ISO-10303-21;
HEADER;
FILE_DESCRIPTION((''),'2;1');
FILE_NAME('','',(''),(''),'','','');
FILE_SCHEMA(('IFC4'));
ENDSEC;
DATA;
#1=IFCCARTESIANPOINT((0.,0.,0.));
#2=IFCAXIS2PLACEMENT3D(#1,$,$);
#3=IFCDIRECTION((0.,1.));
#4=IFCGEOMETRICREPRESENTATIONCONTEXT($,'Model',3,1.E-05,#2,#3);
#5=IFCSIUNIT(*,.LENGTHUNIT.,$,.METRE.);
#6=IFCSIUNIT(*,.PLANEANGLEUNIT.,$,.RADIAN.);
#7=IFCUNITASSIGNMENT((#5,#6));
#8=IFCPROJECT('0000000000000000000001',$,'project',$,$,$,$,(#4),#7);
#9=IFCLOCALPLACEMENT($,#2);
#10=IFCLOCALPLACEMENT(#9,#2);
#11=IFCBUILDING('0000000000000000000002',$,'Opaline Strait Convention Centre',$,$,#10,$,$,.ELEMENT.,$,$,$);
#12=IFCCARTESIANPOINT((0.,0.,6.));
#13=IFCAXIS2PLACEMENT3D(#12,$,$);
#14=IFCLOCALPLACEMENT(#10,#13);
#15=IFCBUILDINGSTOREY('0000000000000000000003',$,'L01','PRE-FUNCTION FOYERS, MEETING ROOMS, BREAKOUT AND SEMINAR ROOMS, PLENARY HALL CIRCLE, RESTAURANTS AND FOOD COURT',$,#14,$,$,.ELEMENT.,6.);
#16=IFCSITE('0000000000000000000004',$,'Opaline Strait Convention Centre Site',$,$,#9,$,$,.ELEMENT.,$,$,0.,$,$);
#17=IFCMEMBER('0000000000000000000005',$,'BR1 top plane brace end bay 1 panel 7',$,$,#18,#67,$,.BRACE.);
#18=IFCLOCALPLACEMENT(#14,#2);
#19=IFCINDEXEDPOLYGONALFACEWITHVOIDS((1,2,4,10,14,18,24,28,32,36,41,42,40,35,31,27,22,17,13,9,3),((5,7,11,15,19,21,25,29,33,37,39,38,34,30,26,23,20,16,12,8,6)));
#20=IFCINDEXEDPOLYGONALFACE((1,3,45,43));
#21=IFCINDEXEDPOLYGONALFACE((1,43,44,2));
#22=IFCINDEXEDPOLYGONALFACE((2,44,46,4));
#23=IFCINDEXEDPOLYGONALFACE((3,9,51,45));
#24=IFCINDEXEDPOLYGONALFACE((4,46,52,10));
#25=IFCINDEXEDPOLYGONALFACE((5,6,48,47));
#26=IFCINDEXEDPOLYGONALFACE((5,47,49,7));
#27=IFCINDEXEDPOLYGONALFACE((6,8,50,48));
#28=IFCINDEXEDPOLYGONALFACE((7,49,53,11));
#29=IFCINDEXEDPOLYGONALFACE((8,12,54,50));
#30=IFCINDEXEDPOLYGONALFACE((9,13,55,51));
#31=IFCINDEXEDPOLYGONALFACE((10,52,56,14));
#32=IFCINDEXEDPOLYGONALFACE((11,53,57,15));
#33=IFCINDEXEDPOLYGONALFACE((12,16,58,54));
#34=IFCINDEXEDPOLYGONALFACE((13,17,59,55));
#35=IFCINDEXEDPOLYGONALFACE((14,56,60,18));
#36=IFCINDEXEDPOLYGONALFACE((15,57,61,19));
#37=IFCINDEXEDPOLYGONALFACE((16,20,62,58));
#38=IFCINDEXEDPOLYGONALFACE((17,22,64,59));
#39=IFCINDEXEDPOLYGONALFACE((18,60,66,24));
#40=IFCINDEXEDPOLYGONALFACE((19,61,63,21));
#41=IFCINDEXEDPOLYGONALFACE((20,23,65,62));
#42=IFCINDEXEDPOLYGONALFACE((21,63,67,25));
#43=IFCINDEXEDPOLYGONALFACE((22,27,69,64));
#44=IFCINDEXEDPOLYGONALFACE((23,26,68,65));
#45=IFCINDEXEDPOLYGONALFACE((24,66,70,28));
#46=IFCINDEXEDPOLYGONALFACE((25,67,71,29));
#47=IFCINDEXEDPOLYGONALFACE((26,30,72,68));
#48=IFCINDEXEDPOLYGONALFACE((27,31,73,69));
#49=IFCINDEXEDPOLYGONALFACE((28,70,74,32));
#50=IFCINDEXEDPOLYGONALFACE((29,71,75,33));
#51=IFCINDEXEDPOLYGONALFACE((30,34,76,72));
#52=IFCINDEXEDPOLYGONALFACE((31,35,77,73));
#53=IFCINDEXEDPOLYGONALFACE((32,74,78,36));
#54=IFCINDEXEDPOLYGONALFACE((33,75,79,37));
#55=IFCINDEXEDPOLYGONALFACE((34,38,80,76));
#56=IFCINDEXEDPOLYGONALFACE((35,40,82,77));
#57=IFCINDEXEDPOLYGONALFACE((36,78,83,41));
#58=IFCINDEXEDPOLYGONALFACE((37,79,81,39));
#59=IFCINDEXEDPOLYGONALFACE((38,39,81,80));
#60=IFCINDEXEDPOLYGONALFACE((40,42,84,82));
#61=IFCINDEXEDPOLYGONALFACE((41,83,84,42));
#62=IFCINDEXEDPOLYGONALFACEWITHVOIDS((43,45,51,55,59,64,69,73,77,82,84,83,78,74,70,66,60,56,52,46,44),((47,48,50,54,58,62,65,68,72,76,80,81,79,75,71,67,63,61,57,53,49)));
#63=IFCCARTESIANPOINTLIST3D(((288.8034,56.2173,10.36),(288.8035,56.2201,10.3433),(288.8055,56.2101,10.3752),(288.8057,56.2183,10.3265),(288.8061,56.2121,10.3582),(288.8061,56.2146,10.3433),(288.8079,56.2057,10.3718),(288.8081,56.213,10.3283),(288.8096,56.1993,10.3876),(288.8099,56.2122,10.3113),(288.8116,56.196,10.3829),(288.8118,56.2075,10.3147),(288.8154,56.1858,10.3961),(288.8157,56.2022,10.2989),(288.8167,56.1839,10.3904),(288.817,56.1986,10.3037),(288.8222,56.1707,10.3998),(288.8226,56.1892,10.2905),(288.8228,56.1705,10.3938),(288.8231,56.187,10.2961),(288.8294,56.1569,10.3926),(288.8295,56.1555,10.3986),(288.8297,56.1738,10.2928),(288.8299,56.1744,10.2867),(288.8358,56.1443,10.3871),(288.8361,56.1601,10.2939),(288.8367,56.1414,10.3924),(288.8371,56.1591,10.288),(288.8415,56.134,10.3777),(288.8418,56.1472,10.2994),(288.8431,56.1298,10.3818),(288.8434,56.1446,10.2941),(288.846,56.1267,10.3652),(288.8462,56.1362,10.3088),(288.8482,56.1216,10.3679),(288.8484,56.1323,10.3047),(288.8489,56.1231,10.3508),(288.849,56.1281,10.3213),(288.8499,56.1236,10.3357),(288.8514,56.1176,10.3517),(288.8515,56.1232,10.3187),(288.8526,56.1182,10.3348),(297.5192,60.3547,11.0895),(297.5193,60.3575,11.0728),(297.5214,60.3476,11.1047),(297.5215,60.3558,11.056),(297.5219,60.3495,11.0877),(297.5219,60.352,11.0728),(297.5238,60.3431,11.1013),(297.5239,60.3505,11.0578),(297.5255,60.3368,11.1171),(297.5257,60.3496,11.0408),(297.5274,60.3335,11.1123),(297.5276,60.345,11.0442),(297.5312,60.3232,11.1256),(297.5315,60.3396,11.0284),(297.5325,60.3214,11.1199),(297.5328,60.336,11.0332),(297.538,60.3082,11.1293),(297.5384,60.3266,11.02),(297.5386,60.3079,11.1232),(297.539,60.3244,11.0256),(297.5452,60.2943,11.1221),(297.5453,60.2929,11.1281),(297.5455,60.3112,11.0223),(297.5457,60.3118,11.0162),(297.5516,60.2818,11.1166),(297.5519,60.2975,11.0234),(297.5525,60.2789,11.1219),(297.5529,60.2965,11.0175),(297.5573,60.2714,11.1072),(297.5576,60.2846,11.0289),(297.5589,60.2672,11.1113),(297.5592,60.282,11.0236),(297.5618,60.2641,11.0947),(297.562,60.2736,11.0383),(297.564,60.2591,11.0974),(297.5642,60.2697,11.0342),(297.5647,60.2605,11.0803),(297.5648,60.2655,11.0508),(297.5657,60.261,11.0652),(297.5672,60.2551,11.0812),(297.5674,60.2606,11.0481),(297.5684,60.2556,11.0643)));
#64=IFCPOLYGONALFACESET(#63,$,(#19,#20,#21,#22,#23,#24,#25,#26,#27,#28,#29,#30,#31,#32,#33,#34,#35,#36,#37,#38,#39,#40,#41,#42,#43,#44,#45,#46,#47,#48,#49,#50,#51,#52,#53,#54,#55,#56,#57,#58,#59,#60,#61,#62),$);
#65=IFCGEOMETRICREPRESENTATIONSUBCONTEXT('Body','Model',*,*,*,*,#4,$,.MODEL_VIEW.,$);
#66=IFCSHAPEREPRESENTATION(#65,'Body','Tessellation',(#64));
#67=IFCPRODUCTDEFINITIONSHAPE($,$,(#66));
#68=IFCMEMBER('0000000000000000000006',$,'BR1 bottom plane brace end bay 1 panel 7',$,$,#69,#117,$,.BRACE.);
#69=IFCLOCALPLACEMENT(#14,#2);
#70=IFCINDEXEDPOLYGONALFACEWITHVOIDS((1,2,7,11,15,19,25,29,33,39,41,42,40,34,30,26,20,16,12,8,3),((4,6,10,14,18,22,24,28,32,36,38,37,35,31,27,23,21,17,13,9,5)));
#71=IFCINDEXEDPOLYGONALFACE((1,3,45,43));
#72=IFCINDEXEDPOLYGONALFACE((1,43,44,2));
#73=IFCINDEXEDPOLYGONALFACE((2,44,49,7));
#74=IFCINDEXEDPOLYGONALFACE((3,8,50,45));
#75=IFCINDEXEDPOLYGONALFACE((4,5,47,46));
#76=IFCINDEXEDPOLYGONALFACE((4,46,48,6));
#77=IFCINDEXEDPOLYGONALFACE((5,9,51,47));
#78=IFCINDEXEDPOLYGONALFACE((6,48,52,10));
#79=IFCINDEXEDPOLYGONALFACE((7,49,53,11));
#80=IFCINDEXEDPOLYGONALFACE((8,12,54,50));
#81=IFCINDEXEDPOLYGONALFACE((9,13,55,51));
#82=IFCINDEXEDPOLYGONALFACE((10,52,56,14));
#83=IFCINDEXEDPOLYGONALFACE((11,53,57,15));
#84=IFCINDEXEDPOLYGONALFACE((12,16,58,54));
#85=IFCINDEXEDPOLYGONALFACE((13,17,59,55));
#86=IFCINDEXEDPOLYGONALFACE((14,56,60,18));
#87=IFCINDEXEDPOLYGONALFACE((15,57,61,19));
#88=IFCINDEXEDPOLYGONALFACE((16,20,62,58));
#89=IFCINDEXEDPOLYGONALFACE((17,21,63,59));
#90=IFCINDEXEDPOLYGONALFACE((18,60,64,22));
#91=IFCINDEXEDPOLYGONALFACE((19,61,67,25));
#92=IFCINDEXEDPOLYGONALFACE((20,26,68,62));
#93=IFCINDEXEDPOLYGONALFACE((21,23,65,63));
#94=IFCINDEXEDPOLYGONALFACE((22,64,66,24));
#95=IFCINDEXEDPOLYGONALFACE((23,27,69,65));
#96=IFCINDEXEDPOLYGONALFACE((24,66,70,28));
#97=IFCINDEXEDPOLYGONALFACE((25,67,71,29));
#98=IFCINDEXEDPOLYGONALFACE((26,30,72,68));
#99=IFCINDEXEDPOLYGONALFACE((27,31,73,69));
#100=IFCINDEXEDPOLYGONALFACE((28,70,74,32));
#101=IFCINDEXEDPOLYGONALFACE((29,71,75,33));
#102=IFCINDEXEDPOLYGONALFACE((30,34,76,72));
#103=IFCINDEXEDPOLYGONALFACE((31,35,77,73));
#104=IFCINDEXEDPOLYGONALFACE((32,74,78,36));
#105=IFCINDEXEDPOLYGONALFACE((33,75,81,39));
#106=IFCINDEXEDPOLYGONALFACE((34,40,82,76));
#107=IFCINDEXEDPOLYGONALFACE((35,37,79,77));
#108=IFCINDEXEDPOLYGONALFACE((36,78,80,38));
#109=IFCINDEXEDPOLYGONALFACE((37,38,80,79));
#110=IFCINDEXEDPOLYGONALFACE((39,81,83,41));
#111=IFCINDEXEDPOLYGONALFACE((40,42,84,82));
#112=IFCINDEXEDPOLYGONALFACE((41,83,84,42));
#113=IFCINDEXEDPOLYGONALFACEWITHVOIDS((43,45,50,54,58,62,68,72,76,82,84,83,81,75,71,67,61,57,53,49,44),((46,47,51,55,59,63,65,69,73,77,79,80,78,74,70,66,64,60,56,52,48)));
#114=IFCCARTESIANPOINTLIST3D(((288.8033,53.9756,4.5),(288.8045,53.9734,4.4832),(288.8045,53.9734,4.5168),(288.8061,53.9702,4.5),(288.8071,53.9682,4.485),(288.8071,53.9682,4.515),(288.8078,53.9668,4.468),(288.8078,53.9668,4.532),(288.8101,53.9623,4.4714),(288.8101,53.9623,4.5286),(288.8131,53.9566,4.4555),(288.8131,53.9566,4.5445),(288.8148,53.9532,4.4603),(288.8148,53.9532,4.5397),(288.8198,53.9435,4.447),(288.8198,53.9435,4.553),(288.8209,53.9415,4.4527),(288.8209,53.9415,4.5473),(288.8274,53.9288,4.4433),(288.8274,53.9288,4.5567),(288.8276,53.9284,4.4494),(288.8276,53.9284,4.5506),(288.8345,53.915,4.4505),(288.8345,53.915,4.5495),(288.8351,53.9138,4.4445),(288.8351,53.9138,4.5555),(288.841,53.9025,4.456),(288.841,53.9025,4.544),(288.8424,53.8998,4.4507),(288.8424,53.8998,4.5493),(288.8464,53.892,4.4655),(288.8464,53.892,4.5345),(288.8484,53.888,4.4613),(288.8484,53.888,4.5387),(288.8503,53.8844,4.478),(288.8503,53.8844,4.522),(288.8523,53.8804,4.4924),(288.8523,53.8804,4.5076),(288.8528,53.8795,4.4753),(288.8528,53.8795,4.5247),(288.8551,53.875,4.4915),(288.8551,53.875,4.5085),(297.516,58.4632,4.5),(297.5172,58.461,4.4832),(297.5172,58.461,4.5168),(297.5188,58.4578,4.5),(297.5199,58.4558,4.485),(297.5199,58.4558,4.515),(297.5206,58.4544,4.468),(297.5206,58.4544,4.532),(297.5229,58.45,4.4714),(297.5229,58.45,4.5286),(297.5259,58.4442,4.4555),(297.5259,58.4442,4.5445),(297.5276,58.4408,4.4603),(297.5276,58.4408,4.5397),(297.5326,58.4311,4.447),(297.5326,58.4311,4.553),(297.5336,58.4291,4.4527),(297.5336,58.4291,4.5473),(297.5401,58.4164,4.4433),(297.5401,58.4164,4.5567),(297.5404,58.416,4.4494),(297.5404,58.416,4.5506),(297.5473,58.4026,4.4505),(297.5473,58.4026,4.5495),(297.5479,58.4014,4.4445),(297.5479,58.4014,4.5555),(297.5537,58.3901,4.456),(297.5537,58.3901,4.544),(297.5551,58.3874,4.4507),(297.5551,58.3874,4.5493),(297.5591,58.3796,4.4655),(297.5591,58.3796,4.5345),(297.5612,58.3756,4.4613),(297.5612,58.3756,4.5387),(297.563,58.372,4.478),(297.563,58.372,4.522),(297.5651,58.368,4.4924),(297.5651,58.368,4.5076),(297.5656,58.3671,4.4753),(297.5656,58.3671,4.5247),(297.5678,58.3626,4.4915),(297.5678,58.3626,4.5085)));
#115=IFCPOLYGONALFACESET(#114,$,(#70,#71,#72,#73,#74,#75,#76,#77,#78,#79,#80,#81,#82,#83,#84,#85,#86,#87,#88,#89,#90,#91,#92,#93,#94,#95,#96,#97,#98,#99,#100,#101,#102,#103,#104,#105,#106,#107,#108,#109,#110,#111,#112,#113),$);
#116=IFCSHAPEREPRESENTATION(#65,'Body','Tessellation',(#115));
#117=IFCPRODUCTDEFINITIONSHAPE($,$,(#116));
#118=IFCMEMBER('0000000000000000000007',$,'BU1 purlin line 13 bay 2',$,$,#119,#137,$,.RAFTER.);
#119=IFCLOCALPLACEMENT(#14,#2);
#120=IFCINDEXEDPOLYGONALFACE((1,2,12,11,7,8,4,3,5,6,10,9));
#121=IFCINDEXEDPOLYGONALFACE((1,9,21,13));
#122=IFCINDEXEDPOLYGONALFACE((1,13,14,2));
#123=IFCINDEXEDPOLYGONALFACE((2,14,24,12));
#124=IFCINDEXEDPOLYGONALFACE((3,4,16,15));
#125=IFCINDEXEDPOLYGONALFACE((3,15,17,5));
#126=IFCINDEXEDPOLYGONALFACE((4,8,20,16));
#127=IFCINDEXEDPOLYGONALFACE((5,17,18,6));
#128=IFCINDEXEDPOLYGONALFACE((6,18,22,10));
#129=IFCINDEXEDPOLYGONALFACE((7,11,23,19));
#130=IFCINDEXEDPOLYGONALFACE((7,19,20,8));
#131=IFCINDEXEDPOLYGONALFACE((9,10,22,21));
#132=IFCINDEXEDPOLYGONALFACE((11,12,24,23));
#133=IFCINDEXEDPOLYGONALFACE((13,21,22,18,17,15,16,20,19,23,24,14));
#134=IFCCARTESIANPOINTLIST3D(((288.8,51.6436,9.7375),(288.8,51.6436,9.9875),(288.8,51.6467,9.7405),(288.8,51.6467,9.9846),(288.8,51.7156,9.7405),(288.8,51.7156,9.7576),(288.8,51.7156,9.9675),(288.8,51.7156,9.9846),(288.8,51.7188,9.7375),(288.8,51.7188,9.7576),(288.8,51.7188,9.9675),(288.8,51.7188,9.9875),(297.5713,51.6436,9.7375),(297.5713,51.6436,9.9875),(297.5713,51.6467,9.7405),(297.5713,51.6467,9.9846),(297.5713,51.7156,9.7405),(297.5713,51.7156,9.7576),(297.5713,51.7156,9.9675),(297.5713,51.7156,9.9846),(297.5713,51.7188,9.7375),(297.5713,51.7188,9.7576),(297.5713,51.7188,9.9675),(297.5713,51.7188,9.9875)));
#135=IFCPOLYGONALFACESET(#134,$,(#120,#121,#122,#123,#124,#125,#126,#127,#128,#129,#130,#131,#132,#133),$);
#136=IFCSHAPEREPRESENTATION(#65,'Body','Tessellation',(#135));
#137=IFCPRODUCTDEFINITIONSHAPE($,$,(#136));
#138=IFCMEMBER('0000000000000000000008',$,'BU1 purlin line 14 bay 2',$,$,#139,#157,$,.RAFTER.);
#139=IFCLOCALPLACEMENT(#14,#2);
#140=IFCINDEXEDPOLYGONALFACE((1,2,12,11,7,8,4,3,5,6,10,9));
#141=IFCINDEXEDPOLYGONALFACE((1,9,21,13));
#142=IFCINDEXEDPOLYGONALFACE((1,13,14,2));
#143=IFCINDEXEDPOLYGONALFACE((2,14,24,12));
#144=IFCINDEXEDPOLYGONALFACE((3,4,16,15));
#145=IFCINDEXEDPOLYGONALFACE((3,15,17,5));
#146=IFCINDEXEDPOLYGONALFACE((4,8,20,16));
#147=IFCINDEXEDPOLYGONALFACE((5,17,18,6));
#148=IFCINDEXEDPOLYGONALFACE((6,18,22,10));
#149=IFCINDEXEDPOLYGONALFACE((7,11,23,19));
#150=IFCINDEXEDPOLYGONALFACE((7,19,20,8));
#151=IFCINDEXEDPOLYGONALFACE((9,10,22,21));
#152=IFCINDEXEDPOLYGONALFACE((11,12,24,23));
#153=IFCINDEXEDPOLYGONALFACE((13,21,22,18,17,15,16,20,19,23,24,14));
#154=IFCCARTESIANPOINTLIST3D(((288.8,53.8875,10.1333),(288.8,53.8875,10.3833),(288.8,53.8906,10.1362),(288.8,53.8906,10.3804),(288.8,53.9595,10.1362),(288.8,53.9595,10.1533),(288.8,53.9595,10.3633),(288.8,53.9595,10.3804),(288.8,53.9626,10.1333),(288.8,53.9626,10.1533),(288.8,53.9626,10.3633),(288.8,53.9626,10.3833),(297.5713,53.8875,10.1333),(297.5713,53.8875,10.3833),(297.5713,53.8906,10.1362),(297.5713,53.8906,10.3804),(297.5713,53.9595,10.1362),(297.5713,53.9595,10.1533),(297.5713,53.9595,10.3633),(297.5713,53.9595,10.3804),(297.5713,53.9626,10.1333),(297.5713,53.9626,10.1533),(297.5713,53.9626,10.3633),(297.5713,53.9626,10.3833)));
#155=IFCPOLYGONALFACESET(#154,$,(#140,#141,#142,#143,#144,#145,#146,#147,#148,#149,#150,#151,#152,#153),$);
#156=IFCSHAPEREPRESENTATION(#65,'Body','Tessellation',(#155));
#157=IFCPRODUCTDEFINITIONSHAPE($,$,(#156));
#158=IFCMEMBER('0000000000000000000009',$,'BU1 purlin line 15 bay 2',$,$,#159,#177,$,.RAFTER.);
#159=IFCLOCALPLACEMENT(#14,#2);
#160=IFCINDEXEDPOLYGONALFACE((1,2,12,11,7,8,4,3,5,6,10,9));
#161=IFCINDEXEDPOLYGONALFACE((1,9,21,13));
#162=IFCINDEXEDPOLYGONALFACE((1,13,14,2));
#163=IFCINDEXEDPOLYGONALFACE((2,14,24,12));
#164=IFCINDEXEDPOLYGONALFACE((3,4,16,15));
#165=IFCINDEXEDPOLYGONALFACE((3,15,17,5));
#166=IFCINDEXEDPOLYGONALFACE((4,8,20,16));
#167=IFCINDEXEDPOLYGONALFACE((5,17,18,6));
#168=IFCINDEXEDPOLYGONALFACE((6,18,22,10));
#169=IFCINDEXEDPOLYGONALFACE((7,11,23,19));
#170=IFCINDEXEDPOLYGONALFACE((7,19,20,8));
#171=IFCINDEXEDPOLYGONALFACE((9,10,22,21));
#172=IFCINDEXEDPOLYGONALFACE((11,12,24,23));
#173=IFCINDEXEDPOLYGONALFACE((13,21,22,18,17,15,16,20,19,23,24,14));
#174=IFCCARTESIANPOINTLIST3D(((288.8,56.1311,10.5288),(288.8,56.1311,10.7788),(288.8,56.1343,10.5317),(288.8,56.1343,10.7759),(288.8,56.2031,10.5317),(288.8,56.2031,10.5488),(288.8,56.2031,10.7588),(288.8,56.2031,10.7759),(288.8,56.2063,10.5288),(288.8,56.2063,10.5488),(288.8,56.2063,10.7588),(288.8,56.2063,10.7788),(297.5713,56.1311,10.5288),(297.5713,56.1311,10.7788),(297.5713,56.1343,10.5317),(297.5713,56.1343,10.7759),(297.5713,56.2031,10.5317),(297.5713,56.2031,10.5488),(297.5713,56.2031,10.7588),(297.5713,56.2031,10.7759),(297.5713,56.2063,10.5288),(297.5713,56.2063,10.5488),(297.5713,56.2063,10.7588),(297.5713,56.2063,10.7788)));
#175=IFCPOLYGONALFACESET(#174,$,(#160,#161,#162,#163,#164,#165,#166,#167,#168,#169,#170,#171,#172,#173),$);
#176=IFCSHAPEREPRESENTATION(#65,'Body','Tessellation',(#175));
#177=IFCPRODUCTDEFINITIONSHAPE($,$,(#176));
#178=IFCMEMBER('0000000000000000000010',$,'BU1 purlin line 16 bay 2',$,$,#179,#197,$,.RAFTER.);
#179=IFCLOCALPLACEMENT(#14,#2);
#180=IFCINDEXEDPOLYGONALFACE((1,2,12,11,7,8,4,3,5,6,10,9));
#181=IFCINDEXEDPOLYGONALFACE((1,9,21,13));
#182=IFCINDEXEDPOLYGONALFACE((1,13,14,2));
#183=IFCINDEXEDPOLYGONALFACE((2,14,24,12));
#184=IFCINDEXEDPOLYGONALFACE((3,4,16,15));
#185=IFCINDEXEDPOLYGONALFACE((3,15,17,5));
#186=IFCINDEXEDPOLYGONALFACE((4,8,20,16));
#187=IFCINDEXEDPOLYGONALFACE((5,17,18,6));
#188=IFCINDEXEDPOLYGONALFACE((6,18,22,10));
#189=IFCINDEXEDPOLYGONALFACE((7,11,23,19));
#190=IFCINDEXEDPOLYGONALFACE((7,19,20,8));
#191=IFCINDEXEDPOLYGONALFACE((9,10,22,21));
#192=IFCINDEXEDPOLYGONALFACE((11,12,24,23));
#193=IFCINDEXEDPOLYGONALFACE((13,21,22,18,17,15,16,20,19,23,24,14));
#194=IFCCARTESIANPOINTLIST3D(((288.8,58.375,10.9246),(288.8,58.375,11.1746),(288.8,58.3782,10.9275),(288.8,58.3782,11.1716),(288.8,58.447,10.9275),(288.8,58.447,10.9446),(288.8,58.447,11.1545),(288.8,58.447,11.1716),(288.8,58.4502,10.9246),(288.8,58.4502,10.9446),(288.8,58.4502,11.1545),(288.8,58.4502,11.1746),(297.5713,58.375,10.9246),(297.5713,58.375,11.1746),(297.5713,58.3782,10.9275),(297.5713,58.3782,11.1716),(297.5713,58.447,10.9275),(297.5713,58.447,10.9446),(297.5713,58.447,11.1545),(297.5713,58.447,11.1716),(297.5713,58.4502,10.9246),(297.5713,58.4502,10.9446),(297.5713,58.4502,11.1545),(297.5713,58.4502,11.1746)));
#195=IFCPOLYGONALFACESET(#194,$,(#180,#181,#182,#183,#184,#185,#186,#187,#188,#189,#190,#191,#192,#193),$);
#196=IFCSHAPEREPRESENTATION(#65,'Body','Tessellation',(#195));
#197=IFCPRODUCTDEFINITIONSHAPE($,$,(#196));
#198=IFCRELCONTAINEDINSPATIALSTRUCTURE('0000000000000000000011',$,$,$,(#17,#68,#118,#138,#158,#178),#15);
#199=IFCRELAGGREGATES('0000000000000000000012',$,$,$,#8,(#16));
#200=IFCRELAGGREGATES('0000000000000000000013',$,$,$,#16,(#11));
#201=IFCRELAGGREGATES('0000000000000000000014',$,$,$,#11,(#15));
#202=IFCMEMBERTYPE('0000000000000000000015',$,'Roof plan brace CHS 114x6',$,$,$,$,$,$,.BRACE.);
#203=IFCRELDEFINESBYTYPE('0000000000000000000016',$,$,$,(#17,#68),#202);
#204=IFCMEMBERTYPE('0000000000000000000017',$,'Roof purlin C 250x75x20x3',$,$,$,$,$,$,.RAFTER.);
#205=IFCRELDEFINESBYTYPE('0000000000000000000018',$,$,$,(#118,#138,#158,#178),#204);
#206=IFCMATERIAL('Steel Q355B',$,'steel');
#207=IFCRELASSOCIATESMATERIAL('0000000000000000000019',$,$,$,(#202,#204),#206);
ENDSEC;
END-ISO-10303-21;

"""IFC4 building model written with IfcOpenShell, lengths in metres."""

from ifc_helpers import new_model, si_unit, direction, frame, origin, origin_2d, place, context, subcontext, project, spatial, polyline, hollow_circle, outline, extrude, material, material_profile, profile_set, type_object, element, save


model = new_model("IFC4")

# Units and contexts
model_context = context("Model", 3, precision=1e-05, world=origin(), true_north=direction((0.0, 1.0)))
body_context = subcontext(model_context, "Body", "Model", "MODEL_VIEW")
ifc_project = project(units=[si_unit("LENGTHUNIT", "METRE"), si_unit("PLANEANGLEUNIT", "RADIAN")], contexts=[model_context])

# Site, building, storey
site_placement = place(None, origin())
site = spatial("IfcSite", under=ifc_project, at=site_placement, Name="Opaline Strait Convention Centre Site", CompositionType="ELEMENT", RefElevation=0.0)
building_placement = place(site_placement, origin())
building = spatial("IfcBuilding", under=site, at=building_placement, Name="Opaline Strait Convention Centre", CompositionType="ELEMENT")
storey_placement = place(building_placement, frame((0.0, 0.0, 6.0)))
storey = spatial("IfcBuildingStorey", under=building, at=storey_placement, Name="L01", Description="PRE-FUNCTION FOYERS, MEETING ROOMS, BREAKOUT AND SEMINAR ROOMS, PLENARY HALL CIRCLE, RESTAURANTS AND FOOD COURT", CompositionType="ELEMENT", Elevation=6.0)

# Members
ifc_material_1 = material(Name="Steel Q355B", Category="steel")
ifc_material_profile_1 = material_profile(ifc_material_1, hollow_circle(Radius=0.0569, WallThickness=0.0061, at=origin_2d()), Name="CHS 114x6")
ifc_profile_set_1 = profile_set([ifc_material_profile_1], Name="Steel Q355B")
member_type_1 = type_object("IfcMemberType", Name="Roof plan brace CHS 114x6", PredefinedType="BRACE", material=ifc_profile_set_1)
member_1_placement = place(storey_placement, frame((288.8279, 56.1687, 10.3433), z_axis=(0.900809, 0.427619, 0.075395), x_axis=(-0.42884, 0.90338, 0.0)))
element("IfcMember", 1, at=member_1_placement, inside=storey, type_object=member_type_1, Name="BR1 top plane brace end bay 1 panel 7", PredefinedType="BRACE", context=body_context, shape_type="SweptSolid", body=[
    extrude(hollow_circle(Radius=0.0569, WallThickness=0.0061, at=origin_2d()), origin(), (0.0, 0.0, 1.0), 9.6755),
])
member_2_placement = place(storey_placement, frame((288.8293, 53.925, 4.5), z_axis=(0.889007, 0.457893, 0.0), x_axis=(-0.457893, 0.889007, 0.0)))
element("IfcMember", 2, at=member_2_placement, inside=storey, type_object=member_type_1, Name="BR1 bottom plane brace end bay 1 panel 7", PredefinedType="BRACE", context=body_context, shape_type="SweptSolid", body=[
    extrude(hollow_circle(Radius=0.0569, WallThickness=0.0061, at=origin_2d()), origin(), (0.0, 0.0, 1.0), 9.8005),
])
ifc_material_profile_2 = material_profile(ifc_material_1, outline(polyline([(-0.0376, -0.125), (0.0376, -0.125), (0.0376, -0.105), (0.0344, -0.105), (0.0344, -0.1221), (-0.0344, -0.1221), (-0.0344, 0.1221), (0.0344, 0.1221), (0.0344, 0.105), (0.0376, 0.105), (0.0376, 0.125), (-0.0376, 0.125), (-0.0376, -0.125)])), Name="C 250x75x20x3")
ifc_profile_set_2 = profile_set([ifc_material_profile_2], Name="Steel Q355B")
member_type_2 = type_object("IfcMemberType", Name="Roof purlin C 250x75x20x3", PredefinedType="RAFTER", material=ifc_profile_set_2)
for number, where, z_axis, x_axis, name in (
    (3, (288.8, 51.6812, 9.8625), (1.0, 0.0, 0.0), (0.0, 1.0, 0.0), "BU1 purlin line 13 bay 2"),
    (4, (288.8, 53.925, 10.2583), (1.0, 0.0, 0.0), (0.0, 1.0, 0.0), "BU1 purlin line 14 bay 2"),
    (5, (288.8, 56.1687, 10.6538), (1.0, 0.0, 0.0), (0.0, 1.0, 0.0), "BU1 purlin line 15 bay 2"),
    (6, (288.8, 58.4126, 11.0496), (1.0, 0.0, 0.0), (0.0, 1.0, 0.0), "BU1 purlin line 16 bay 2"),
):
    element("IfcMember", number, at=place(storey_placement, frame(where, z_axis=z_axis, x_axis=x_axis)), inside=storey, type_object=member_type_2, Name=name, PredefinedType="RAFTER", context=body_context, shape_type="SweptSolid", body=[
        extrude(outline(polyline([(-0.0376, -0.125), (0.0376, -0.125), (0.0376, -0.105), (0.0344, -0.105), (0.0344, -0.1221), (-0.0344, -0.1221), (-0.0344, 0.1221), (0.0344, 0.1221), (0.0344, 0.105), (0.0376, 0.105), (0.0376, 0.125), (-0.0376, 0.125), (-0.0376, -0.125)])), origin(), (0.0, 0.0, 1.0), 8.7712),
    ])

save(model, "model.ifc")
